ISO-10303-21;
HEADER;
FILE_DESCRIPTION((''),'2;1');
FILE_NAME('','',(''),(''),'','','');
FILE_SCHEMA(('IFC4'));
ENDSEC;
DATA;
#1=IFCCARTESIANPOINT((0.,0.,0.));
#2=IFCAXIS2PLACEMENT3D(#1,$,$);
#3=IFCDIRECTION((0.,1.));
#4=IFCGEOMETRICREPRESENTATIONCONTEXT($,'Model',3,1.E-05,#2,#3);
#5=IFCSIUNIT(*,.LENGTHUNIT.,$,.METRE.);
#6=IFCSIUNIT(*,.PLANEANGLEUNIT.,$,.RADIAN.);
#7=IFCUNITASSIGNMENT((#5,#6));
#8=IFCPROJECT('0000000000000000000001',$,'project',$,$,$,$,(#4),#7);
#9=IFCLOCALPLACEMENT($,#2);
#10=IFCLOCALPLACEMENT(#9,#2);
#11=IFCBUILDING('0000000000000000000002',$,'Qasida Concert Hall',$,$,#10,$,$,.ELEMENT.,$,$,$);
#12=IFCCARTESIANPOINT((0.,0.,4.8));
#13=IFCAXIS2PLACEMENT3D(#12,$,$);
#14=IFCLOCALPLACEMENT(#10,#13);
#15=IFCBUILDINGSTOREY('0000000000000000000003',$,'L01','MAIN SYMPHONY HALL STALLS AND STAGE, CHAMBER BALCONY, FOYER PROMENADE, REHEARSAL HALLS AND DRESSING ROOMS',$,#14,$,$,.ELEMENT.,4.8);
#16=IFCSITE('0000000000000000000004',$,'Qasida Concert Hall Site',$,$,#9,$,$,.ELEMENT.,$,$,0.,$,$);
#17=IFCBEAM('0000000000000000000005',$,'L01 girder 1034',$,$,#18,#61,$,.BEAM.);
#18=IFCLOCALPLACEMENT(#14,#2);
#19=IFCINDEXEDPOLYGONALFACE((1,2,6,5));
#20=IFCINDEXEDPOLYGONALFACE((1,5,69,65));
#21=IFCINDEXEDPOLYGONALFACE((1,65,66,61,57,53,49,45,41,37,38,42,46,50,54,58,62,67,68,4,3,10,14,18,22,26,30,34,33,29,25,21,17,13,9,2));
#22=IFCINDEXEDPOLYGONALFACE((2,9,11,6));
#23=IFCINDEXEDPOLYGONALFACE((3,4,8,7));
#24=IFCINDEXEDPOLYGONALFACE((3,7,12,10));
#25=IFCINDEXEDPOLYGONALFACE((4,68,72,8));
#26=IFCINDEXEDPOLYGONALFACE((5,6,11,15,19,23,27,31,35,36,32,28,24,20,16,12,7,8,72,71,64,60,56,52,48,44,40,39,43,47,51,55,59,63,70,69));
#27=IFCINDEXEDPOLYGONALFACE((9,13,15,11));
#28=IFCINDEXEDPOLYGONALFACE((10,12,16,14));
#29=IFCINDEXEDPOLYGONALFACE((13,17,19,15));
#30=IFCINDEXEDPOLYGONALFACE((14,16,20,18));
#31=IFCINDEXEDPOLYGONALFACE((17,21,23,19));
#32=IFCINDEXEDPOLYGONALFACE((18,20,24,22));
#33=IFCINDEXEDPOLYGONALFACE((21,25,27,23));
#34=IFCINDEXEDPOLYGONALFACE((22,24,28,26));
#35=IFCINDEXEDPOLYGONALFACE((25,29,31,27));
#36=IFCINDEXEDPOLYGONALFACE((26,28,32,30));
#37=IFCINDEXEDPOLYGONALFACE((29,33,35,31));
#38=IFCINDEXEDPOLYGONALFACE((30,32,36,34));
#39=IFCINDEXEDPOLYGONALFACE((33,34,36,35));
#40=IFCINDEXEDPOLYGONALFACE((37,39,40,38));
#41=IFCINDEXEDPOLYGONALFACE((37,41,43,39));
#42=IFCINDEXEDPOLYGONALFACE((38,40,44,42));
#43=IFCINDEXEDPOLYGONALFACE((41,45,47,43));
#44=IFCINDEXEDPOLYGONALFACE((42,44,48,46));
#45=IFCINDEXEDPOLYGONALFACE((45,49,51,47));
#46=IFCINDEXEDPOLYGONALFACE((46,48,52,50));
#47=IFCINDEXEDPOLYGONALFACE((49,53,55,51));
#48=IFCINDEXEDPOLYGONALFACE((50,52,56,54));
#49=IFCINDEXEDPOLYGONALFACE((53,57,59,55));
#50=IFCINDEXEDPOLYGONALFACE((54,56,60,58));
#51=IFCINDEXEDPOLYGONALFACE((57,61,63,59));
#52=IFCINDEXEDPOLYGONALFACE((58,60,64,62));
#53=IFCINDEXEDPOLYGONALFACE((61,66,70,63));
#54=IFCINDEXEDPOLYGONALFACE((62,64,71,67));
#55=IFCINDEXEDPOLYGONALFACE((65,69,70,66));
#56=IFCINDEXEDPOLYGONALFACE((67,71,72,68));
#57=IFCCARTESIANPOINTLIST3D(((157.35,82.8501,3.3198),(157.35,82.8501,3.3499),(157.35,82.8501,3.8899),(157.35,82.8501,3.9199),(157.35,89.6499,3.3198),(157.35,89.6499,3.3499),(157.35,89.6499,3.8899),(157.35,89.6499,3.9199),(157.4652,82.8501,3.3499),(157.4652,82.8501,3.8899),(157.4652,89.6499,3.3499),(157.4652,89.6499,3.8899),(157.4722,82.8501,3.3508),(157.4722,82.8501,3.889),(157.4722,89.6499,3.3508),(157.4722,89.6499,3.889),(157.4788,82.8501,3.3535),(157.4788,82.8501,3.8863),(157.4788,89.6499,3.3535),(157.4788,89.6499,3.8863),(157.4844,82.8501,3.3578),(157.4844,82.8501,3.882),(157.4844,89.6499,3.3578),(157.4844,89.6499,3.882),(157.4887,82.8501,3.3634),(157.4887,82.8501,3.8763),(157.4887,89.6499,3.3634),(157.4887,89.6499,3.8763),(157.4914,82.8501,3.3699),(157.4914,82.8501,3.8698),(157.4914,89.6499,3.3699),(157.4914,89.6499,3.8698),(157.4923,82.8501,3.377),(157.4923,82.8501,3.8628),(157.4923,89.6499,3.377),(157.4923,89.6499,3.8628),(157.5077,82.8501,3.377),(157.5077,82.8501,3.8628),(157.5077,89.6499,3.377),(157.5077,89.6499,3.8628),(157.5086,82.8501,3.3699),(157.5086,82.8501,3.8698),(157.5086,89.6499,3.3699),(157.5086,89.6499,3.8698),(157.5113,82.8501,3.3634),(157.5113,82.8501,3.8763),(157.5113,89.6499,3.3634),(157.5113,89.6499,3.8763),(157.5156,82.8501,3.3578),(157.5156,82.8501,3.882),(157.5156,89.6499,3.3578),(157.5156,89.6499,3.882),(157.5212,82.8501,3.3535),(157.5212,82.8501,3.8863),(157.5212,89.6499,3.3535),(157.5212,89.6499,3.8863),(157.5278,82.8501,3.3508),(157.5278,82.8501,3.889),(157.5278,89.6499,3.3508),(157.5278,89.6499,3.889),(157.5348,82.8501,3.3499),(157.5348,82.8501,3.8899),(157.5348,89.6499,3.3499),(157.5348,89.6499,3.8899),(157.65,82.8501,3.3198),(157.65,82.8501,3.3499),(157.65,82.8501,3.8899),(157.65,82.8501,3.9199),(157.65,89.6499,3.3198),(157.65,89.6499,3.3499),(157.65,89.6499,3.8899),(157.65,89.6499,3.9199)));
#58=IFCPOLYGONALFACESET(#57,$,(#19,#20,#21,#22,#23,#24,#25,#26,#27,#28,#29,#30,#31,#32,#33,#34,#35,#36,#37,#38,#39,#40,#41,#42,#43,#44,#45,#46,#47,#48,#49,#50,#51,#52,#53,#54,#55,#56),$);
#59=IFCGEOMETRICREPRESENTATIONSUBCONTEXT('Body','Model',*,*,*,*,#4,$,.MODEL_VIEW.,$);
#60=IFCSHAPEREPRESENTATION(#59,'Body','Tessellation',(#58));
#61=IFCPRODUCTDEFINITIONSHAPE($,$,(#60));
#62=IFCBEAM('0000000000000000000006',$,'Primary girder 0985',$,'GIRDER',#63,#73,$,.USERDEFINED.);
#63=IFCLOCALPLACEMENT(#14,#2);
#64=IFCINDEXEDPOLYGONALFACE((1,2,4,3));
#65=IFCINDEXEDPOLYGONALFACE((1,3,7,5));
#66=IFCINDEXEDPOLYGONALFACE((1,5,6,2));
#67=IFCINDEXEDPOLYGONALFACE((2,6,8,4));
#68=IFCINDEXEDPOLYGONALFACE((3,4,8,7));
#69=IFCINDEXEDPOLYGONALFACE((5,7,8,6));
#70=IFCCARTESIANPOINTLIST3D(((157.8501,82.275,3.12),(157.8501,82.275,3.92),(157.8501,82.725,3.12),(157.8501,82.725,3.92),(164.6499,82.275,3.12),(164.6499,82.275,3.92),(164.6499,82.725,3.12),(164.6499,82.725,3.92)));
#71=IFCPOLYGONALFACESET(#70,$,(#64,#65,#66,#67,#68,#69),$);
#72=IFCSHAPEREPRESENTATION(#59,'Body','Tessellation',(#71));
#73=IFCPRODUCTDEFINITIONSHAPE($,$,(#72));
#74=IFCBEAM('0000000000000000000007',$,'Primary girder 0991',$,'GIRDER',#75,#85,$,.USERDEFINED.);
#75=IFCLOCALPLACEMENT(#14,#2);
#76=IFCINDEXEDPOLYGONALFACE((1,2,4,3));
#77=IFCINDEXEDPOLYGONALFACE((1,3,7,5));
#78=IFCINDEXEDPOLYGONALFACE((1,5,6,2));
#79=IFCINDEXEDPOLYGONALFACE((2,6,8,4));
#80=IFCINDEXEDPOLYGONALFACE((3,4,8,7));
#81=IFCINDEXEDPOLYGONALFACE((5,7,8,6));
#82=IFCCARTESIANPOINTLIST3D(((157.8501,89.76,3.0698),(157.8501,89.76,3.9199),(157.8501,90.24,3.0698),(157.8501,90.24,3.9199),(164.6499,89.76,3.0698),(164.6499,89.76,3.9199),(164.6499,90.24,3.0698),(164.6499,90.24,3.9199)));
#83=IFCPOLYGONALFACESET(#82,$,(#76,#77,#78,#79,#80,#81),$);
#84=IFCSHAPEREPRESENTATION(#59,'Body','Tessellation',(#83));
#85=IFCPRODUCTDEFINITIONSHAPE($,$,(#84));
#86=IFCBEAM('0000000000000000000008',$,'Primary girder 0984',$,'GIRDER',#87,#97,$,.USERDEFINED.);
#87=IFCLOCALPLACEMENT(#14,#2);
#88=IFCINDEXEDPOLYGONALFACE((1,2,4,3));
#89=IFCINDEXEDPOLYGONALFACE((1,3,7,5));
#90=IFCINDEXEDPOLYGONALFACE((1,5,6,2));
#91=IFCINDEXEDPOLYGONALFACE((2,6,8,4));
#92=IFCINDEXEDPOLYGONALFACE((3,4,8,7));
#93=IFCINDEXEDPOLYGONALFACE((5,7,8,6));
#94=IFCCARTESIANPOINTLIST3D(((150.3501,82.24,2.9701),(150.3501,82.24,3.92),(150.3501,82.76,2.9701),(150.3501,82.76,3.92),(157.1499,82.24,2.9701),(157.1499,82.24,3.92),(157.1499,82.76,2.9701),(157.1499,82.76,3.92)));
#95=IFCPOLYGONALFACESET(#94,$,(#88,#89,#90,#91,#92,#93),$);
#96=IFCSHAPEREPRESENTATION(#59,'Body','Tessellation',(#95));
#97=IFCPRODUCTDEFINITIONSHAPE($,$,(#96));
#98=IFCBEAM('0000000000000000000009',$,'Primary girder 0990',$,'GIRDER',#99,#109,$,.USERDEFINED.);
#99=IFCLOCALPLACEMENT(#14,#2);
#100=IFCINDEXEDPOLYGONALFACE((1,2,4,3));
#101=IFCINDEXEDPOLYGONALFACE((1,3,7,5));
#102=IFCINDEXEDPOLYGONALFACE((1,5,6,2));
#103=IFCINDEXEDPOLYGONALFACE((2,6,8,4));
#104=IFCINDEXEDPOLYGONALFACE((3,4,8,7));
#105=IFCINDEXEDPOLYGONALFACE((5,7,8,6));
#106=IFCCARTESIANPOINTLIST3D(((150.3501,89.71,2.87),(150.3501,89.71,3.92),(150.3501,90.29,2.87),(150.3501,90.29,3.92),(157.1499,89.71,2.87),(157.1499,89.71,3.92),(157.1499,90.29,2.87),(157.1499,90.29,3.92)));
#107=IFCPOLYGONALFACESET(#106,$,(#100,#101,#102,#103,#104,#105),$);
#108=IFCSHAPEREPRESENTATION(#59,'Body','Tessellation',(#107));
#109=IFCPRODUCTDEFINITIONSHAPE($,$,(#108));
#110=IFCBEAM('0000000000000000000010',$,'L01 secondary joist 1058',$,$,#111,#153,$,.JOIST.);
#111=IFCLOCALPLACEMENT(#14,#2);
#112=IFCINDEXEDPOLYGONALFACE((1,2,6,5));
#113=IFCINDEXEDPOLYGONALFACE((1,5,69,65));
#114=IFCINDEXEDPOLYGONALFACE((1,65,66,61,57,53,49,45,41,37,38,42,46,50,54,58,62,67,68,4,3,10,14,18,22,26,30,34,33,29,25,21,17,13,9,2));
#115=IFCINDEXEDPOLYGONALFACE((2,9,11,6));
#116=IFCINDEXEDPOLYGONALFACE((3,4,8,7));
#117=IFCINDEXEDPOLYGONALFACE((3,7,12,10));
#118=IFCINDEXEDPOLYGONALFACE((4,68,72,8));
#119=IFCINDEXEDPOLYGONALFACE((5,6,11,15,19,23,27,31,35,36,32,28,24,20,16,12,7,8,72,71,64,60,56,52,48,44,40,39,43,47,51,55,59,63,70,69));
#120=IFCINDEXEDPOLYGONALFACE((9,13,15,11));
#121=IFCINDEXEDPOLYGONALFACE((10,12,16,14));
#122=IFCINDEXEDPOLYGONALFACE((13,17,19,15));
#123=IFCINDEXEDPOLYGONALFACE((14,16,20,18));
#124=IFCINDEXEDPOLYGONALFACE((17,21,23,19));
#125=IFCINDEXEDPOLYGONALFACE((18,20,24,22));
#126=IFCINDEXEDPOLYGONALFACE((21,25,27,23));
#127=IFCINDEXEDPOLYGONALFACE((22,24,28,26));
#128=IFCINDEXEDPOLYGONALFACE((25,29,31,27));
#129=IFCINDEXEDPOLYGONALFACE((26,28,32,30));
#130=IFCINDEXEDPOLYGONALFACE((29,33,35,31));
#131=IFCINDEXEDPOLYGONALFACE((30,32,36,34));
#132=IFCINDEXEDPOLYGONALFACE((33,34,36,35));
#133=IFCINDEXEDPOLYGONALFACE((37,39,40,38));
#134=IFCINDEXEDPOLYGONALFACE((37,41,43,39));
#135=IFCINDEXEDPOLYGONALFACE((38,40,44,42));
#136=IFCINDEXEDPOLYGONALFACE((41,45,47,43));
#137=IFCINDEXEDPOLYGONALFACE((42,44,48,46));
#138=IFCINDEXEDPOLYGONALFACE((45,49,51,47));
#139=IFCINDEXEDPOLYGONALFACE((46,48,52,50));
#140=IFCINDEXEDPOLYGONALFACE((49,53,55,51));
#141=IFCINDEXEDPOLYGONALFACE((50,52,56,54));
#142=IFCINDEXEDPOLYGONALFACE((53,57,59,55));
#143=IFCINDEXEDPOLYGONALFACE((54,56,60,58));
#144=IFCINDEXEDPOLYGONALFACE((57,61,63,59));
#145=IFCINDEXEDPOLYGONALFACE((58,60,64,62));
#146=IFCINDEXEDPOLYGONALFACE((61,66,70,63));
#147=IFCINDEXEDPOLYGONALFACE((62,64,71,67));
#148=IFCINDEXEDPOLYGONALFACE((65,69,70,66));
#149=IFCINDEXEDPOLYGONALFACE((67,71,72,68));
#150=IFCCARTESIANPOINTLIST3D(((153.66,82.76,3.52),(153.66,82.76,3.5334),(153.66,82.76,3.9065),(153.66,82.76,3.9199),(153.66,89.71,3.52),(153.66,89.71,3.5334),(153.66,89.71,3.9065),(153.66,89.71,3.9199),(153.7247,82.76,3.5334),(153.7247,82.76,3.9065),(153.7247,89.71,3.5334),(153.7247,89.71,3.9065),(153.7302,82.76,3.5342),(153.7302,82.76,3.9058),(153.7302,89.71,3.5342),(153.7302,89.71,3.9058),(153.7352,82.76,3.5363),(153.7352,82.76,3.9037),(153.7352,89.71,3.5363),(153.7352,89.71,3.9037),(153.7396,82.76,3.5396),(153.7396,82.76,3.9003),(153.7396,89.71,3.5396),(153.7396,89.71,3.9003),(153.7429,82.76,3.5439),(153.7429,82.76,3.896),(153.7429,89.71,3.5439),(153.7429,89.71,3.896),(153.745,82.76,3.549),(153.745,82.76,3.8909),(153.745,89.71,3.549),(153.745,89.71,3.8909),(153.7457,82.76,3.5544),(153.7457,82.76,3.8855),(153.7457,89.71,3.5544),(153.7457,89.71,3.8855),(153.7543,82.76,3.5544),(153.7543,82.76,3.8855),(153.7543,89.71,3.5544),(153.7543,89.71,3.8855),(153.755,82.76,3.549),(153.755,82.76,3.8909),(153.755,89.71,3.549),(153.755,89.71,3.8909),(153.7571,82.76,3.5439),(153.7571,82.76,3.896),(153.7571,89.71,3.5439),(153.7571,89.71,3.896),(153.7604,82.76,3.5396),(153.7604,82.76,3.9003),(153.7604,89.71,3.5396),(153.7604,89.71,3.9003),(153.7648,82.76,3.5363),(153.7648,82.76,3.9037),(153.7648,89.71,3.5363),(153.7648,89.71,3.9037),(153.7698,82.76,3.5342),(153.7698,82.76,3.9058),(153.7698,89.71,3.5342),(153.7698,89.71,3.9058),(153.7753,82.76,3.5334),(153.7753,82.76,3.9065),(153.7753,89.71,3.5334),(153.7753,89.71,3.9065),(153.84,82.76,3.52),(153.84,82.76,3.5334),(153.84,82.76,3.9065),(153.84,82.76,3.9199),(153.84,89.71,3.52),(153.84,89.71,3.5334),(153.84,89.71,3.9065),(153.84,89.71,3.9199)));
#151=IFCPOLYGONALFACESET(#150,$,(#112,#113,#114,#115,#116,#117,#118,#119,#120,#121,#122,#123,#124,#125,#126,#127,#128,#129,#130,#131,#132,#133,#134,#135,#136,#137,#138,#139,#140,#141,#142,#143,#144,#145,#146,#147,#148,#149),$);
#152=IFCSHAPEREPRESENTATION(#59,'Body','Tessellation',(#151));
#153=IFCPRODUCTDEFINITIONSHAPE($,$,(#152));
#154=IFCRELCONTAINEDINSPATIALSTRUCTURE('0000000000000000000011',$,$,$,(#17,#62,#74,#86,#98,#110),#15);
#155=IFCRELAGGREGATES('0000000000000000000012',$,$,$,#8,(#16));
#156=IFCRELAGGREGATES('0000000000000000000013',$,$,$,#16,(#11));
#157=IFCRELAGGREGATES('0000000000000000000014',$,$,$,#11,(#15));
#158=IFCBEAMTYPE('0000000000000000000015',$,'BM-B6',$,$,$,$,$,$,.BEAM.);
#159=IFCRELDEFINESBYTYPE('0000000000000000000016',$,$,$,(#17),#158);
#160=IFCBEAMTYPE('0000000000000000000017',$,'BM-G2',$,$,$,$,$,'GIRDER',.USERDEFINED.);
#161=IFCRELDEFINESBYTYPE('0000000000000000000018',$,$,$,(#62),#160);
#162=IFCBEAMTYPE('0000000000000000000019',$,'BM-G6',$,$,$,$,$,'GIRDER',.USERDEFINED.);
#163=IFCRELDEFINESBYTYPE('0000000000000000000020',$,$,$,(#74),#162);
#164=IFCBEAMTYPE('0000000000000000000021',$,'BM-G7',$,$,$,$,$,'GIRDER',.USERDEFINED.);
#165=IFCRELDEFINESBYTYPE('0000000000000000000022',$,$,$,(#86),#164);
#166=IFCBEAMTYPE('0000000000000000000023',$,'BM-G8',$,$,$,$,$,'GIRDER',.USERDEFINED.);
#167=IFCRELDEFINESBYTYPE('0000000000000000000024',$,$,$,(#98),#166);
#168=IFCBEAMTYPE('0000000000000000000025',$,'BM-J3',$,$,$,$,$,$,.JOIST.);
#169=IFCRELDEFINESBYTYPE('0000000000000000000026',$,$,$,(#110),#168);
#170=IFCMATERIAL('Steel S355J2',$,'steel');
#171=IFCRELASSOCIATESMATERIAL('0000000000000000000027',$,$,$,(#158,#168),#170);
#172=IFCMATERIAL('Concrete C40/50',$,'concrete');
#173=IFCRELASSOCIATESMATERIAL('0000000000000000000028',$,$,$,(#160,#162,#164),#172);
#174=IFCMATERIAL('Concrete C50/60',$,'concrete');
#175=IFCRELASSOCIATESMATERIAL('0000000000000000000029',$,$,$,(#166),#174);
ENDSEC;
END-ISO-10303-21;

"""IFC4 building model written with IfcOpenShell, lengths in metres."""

from ifc_helpers import new_model, si_unit, direction, frame, origin, origin_2d, place, context, subcontext, project, spatial, rectangle, i_section, extrude, material, material_profile, profile_set, type_object, element, save


model = new_model("IFC4")

# Units and contexts
model_context = context("Model", 3, precision=1e-05, world=origin(), true_north=direction((0.0, 1.0)))
body_context = subcontext(model_context, "Body", "Model", "MODEL_VIEW")
ifc_project = project(units=[si_unit("LENGTHUNIT", "METRE"), si_unit("PLANEANGLEUNIT", "RADIAN")], contexts=[model_context])

# Site, building, storey
site_placement = place(None, origin())
site = spatial("IfcSite", under=ifc_project, at=site_placement, Name="Qasida Concert Hall Site", CompositionType="ELEMENT", RefElevation=0.0)
building_placement = place(site_placement, origin())
building = spatial("IfcBuilding", under=site, at=building_placement, Name="Qasida Concert Hall", CompositionType="ELEMENT")
storey_placement = place(building_placement, frame((0.0, 0.0, 4.8)))
storey = spatial("IfcBuildingStorey", under=building, at=storey_placement, Name="L01", Description="MAIN SYMPHONY HALL STALLS AND STAGE, CHAMBER BALCONY, FOYER PROMENADE, REHEARSAL HALLS AND DRESSING ROOMS", CompositionType="ELEMENT", Elevation=4.8)

# Shared definitions
ifc_material_1 = material(Name="Concrete C50/60", Category="concrete")

# Beams
ifc_material_2 = material(Name="Concrete C40/50", Category="concrete")
ifc_material_3 = material(Name="Steel S355J2", Category="steel")
ifc_material_profile_1 = material_profile(ifc_material_3, i_section(OverallWidth=0.3, OverallDepth=0.6001, WebThickness=0.0154, FlangeThickness=0.03, FilletRadius=0.0271, at=origin_2d()), Name="HEB 600")
ifc_profile_set_1 = profile_set([ifc_material_profile_1], Name="Steel S355J2")
beam_type_1 = type_object("IfcBeamType", Name="BM-B6", PredefinedType="BEAM", material=ifc_profile_set_1)
beam_1_placement = place(storey_placement, frame((157.5, 82.8501, 3.6199), z_axis=(0.0, 1.0, 0.0), x_axis=(-1.0, 0.0, 0.0)))
element("IfcBeam", 1, at=beam_1_placement, inside=storey, type_object=beam_type_1, Name="L01 girder 1034", PredefinedType="BEAM", context=body_context, shape_type="SweptSolid", body=[
    extrude(i_section(OverallWidth=0.3, OverallDepth=0.6001, WebThickness=0.0154, FlangeThickness=0.03, FilletRadius=0.0271, at=origin_2d()), origin(), (0.0, 0.0, 1.0), 6.7998),
])
ifc_material_profile_2 = material_profile(ifc_material_2, rectangle(XDim=0.45, YDim=0.8, at=origin_2d()), Name="RC 450x800")
ifc_profile_set_2 = profile_set([ifc_material_profile_2], Name="Concrete C40/50")
beam_type_2 = type_object("IfcBeamType", Name="BM-G2", ElementType="GIRDER", PredefinedType="USERDEFINED", material=ifc_profile_set_2)
beam_2_placement = place(storey_placement, frame((157.8501, 82.5, 3.52), z_axis=(1.0, 0.0, 0.0), x_axis=(0.0, 1.0, 0.0)))
element("IfcBeam", 2, at=beam_2_placement, inside=storey, type_object=beam_type_2, Name="Primary girder 0985", ObjectType="GIRDER", PredefinedType="USERDEFINED", context=body_context, shape_type="SweptSolid", body=[
    extrude(rectangle(XDim=0.45, YDim=0.8, at=origin_2d()), origin(), (0.0, 0.0, 1.0), 6.7998),
])
ifc_material_profile_3 = material_profile(ifc_material_2, rectangle(XDim=0.48, YDim=0.8501, at=origin_2d()), Name="RC 480x850")
ifc_profile_set_3 = profile_set([ifc_material_profile_3], Name="Concrete C40/50")
beam_type_3 = type_object("IfcBeamType", Name="BM-G6", ElementType="GIRDER", PredefinedType="USERDEFINED", material=ifc_profile_set_3)
beam_3_placement = place(storey_placement, frame((157.8501, 90.0, 3.4949), z_axis=(1.0, 0.0, 0.0), x_axis=(0.0, 1.0, 0.0)))
element("IfcBeam", 3, at=beam_3_placement, inside=storey, type_object=beam_type_3, Name="Primary girder 0991", ObjectType="GIRDER", PredefinedType="USERDEFINED", context=body_context, shape_type="SweptSolid", body=[
    extrude(rectangle(XDim=0.48, YDim=0.8501, at=origin_2d()), origin(), (0.0, 0.0, 1.0), 6.7998),
])
ifc_material_profile_4 = material_profile(ifc_material_2, rectangle(XDim=0.52, YDim=0.95, at=origin_2d()), Name="RC 520x950")
ifc_profile_set_4 = profile_set([ifc_material_profile_4], Name="Concrete C40/50")
beam_type_4 = type_object("IfcBeamType", Name="BM-G7", ElementType="GIRDER", PredefinedType="USERDEFINED", material=ifc_profile_set_4)
beam_4_placement = place(storey_placement, frame((150.3501, 82.5, 3.4451), z_axis=(1.0, 0.0, 0.0), x_axis=(0.0, 1.0, 0.0)))
element("IfcBeam", 4, at=beam_4_placement, inside=storey, type_object=beam_type_4, Name="Primary girder 0984", ObjectType="GIRDER", PredefinedType="USERDEFINED", context=body_context, shape_type="SweptSolid", body=[
    extrude(rectangle(XDim=0.52, YDim=0.95, at=origin_2d()), origin(), (0.0, 0.0, 1.0), 6.7998),
])
ifc_material_profile_5 = material_profile(ifc_material_1, rectangle(XDim=0.5801, YDim=1.05, at=origin_2d()), Name="RC 580x1050")
ifc_profile_set_5 = profile_set([ifc_material_profile_5], Name="Concrete C50/60")
beam_type_5 = type_object("IfcBeamType", Name="BM-G8", ElementType="GIRDER", PredefinedType="USERDEFINED", material=ifc_profile_set_5)
beam_5_placement = place(storey_placement, frame((150.3501, 90.0, 3.395), z_axis=(1.0, 0.0, 0.0), x_axis=(0.0, 1.0, 0.0)))
element("IfcBeam", 5, at=beam_5_placement, inside=storey, type_object=beam_type_5, Name="Primary girder 0990", ObjectType="GIRDER", PredefinedType="USERDEFINED", context=body_context, shape_type="SweptSolid", body=[
    extrude(rectangle(XDim=0.5801, YDim=1.05, at=origin_2d()), origin(), (0.0, 0.0, 1.0), 6.7998),
])
ifc_material_profile_6 = material_profile(ifc_material_3, i_section(OverallWidth=0.1799, OverallDepth=0.3999, WebThickness=0.0085, FlangeThickness=0.0134, FilletRadius=0.021, at=origin_2d()), Name="IPE 400")
ifc_profile_set_6 = profile_set([ifc_material_profile_6], Name="Steel S355J2")
beam_type_6 = type_object("IfcBeamType", Name="BM-J3", PredefinedType="JOIST", material=ifc_profile_set_6)
beam_6_placement = place(storey_placement, frame((153.75, 82.76, 3.72), z_axis=(0.0, 1.0, 0.0), x_axis=(-1.0, 0.0, 0.0)))
element("IfcBeam", 6, at=beam_6_placement, inside=storey, type_object=beam_type_6, Name="L01 secondary joist 1058", PredefinedType="JOIST", context=body_context, shape_type="SweptSolid", body=[
    extrude(i_section(OverallWidth=0.1799, OverallDepth=0.3999, WebThickness=0.0085, FlangeThickness=0.0134, FilletRadius=0.021, at=origin_2d()), origin(), (0.0, 0.0, 1.0), 6.95),
])

save(model, "model.ifc")
